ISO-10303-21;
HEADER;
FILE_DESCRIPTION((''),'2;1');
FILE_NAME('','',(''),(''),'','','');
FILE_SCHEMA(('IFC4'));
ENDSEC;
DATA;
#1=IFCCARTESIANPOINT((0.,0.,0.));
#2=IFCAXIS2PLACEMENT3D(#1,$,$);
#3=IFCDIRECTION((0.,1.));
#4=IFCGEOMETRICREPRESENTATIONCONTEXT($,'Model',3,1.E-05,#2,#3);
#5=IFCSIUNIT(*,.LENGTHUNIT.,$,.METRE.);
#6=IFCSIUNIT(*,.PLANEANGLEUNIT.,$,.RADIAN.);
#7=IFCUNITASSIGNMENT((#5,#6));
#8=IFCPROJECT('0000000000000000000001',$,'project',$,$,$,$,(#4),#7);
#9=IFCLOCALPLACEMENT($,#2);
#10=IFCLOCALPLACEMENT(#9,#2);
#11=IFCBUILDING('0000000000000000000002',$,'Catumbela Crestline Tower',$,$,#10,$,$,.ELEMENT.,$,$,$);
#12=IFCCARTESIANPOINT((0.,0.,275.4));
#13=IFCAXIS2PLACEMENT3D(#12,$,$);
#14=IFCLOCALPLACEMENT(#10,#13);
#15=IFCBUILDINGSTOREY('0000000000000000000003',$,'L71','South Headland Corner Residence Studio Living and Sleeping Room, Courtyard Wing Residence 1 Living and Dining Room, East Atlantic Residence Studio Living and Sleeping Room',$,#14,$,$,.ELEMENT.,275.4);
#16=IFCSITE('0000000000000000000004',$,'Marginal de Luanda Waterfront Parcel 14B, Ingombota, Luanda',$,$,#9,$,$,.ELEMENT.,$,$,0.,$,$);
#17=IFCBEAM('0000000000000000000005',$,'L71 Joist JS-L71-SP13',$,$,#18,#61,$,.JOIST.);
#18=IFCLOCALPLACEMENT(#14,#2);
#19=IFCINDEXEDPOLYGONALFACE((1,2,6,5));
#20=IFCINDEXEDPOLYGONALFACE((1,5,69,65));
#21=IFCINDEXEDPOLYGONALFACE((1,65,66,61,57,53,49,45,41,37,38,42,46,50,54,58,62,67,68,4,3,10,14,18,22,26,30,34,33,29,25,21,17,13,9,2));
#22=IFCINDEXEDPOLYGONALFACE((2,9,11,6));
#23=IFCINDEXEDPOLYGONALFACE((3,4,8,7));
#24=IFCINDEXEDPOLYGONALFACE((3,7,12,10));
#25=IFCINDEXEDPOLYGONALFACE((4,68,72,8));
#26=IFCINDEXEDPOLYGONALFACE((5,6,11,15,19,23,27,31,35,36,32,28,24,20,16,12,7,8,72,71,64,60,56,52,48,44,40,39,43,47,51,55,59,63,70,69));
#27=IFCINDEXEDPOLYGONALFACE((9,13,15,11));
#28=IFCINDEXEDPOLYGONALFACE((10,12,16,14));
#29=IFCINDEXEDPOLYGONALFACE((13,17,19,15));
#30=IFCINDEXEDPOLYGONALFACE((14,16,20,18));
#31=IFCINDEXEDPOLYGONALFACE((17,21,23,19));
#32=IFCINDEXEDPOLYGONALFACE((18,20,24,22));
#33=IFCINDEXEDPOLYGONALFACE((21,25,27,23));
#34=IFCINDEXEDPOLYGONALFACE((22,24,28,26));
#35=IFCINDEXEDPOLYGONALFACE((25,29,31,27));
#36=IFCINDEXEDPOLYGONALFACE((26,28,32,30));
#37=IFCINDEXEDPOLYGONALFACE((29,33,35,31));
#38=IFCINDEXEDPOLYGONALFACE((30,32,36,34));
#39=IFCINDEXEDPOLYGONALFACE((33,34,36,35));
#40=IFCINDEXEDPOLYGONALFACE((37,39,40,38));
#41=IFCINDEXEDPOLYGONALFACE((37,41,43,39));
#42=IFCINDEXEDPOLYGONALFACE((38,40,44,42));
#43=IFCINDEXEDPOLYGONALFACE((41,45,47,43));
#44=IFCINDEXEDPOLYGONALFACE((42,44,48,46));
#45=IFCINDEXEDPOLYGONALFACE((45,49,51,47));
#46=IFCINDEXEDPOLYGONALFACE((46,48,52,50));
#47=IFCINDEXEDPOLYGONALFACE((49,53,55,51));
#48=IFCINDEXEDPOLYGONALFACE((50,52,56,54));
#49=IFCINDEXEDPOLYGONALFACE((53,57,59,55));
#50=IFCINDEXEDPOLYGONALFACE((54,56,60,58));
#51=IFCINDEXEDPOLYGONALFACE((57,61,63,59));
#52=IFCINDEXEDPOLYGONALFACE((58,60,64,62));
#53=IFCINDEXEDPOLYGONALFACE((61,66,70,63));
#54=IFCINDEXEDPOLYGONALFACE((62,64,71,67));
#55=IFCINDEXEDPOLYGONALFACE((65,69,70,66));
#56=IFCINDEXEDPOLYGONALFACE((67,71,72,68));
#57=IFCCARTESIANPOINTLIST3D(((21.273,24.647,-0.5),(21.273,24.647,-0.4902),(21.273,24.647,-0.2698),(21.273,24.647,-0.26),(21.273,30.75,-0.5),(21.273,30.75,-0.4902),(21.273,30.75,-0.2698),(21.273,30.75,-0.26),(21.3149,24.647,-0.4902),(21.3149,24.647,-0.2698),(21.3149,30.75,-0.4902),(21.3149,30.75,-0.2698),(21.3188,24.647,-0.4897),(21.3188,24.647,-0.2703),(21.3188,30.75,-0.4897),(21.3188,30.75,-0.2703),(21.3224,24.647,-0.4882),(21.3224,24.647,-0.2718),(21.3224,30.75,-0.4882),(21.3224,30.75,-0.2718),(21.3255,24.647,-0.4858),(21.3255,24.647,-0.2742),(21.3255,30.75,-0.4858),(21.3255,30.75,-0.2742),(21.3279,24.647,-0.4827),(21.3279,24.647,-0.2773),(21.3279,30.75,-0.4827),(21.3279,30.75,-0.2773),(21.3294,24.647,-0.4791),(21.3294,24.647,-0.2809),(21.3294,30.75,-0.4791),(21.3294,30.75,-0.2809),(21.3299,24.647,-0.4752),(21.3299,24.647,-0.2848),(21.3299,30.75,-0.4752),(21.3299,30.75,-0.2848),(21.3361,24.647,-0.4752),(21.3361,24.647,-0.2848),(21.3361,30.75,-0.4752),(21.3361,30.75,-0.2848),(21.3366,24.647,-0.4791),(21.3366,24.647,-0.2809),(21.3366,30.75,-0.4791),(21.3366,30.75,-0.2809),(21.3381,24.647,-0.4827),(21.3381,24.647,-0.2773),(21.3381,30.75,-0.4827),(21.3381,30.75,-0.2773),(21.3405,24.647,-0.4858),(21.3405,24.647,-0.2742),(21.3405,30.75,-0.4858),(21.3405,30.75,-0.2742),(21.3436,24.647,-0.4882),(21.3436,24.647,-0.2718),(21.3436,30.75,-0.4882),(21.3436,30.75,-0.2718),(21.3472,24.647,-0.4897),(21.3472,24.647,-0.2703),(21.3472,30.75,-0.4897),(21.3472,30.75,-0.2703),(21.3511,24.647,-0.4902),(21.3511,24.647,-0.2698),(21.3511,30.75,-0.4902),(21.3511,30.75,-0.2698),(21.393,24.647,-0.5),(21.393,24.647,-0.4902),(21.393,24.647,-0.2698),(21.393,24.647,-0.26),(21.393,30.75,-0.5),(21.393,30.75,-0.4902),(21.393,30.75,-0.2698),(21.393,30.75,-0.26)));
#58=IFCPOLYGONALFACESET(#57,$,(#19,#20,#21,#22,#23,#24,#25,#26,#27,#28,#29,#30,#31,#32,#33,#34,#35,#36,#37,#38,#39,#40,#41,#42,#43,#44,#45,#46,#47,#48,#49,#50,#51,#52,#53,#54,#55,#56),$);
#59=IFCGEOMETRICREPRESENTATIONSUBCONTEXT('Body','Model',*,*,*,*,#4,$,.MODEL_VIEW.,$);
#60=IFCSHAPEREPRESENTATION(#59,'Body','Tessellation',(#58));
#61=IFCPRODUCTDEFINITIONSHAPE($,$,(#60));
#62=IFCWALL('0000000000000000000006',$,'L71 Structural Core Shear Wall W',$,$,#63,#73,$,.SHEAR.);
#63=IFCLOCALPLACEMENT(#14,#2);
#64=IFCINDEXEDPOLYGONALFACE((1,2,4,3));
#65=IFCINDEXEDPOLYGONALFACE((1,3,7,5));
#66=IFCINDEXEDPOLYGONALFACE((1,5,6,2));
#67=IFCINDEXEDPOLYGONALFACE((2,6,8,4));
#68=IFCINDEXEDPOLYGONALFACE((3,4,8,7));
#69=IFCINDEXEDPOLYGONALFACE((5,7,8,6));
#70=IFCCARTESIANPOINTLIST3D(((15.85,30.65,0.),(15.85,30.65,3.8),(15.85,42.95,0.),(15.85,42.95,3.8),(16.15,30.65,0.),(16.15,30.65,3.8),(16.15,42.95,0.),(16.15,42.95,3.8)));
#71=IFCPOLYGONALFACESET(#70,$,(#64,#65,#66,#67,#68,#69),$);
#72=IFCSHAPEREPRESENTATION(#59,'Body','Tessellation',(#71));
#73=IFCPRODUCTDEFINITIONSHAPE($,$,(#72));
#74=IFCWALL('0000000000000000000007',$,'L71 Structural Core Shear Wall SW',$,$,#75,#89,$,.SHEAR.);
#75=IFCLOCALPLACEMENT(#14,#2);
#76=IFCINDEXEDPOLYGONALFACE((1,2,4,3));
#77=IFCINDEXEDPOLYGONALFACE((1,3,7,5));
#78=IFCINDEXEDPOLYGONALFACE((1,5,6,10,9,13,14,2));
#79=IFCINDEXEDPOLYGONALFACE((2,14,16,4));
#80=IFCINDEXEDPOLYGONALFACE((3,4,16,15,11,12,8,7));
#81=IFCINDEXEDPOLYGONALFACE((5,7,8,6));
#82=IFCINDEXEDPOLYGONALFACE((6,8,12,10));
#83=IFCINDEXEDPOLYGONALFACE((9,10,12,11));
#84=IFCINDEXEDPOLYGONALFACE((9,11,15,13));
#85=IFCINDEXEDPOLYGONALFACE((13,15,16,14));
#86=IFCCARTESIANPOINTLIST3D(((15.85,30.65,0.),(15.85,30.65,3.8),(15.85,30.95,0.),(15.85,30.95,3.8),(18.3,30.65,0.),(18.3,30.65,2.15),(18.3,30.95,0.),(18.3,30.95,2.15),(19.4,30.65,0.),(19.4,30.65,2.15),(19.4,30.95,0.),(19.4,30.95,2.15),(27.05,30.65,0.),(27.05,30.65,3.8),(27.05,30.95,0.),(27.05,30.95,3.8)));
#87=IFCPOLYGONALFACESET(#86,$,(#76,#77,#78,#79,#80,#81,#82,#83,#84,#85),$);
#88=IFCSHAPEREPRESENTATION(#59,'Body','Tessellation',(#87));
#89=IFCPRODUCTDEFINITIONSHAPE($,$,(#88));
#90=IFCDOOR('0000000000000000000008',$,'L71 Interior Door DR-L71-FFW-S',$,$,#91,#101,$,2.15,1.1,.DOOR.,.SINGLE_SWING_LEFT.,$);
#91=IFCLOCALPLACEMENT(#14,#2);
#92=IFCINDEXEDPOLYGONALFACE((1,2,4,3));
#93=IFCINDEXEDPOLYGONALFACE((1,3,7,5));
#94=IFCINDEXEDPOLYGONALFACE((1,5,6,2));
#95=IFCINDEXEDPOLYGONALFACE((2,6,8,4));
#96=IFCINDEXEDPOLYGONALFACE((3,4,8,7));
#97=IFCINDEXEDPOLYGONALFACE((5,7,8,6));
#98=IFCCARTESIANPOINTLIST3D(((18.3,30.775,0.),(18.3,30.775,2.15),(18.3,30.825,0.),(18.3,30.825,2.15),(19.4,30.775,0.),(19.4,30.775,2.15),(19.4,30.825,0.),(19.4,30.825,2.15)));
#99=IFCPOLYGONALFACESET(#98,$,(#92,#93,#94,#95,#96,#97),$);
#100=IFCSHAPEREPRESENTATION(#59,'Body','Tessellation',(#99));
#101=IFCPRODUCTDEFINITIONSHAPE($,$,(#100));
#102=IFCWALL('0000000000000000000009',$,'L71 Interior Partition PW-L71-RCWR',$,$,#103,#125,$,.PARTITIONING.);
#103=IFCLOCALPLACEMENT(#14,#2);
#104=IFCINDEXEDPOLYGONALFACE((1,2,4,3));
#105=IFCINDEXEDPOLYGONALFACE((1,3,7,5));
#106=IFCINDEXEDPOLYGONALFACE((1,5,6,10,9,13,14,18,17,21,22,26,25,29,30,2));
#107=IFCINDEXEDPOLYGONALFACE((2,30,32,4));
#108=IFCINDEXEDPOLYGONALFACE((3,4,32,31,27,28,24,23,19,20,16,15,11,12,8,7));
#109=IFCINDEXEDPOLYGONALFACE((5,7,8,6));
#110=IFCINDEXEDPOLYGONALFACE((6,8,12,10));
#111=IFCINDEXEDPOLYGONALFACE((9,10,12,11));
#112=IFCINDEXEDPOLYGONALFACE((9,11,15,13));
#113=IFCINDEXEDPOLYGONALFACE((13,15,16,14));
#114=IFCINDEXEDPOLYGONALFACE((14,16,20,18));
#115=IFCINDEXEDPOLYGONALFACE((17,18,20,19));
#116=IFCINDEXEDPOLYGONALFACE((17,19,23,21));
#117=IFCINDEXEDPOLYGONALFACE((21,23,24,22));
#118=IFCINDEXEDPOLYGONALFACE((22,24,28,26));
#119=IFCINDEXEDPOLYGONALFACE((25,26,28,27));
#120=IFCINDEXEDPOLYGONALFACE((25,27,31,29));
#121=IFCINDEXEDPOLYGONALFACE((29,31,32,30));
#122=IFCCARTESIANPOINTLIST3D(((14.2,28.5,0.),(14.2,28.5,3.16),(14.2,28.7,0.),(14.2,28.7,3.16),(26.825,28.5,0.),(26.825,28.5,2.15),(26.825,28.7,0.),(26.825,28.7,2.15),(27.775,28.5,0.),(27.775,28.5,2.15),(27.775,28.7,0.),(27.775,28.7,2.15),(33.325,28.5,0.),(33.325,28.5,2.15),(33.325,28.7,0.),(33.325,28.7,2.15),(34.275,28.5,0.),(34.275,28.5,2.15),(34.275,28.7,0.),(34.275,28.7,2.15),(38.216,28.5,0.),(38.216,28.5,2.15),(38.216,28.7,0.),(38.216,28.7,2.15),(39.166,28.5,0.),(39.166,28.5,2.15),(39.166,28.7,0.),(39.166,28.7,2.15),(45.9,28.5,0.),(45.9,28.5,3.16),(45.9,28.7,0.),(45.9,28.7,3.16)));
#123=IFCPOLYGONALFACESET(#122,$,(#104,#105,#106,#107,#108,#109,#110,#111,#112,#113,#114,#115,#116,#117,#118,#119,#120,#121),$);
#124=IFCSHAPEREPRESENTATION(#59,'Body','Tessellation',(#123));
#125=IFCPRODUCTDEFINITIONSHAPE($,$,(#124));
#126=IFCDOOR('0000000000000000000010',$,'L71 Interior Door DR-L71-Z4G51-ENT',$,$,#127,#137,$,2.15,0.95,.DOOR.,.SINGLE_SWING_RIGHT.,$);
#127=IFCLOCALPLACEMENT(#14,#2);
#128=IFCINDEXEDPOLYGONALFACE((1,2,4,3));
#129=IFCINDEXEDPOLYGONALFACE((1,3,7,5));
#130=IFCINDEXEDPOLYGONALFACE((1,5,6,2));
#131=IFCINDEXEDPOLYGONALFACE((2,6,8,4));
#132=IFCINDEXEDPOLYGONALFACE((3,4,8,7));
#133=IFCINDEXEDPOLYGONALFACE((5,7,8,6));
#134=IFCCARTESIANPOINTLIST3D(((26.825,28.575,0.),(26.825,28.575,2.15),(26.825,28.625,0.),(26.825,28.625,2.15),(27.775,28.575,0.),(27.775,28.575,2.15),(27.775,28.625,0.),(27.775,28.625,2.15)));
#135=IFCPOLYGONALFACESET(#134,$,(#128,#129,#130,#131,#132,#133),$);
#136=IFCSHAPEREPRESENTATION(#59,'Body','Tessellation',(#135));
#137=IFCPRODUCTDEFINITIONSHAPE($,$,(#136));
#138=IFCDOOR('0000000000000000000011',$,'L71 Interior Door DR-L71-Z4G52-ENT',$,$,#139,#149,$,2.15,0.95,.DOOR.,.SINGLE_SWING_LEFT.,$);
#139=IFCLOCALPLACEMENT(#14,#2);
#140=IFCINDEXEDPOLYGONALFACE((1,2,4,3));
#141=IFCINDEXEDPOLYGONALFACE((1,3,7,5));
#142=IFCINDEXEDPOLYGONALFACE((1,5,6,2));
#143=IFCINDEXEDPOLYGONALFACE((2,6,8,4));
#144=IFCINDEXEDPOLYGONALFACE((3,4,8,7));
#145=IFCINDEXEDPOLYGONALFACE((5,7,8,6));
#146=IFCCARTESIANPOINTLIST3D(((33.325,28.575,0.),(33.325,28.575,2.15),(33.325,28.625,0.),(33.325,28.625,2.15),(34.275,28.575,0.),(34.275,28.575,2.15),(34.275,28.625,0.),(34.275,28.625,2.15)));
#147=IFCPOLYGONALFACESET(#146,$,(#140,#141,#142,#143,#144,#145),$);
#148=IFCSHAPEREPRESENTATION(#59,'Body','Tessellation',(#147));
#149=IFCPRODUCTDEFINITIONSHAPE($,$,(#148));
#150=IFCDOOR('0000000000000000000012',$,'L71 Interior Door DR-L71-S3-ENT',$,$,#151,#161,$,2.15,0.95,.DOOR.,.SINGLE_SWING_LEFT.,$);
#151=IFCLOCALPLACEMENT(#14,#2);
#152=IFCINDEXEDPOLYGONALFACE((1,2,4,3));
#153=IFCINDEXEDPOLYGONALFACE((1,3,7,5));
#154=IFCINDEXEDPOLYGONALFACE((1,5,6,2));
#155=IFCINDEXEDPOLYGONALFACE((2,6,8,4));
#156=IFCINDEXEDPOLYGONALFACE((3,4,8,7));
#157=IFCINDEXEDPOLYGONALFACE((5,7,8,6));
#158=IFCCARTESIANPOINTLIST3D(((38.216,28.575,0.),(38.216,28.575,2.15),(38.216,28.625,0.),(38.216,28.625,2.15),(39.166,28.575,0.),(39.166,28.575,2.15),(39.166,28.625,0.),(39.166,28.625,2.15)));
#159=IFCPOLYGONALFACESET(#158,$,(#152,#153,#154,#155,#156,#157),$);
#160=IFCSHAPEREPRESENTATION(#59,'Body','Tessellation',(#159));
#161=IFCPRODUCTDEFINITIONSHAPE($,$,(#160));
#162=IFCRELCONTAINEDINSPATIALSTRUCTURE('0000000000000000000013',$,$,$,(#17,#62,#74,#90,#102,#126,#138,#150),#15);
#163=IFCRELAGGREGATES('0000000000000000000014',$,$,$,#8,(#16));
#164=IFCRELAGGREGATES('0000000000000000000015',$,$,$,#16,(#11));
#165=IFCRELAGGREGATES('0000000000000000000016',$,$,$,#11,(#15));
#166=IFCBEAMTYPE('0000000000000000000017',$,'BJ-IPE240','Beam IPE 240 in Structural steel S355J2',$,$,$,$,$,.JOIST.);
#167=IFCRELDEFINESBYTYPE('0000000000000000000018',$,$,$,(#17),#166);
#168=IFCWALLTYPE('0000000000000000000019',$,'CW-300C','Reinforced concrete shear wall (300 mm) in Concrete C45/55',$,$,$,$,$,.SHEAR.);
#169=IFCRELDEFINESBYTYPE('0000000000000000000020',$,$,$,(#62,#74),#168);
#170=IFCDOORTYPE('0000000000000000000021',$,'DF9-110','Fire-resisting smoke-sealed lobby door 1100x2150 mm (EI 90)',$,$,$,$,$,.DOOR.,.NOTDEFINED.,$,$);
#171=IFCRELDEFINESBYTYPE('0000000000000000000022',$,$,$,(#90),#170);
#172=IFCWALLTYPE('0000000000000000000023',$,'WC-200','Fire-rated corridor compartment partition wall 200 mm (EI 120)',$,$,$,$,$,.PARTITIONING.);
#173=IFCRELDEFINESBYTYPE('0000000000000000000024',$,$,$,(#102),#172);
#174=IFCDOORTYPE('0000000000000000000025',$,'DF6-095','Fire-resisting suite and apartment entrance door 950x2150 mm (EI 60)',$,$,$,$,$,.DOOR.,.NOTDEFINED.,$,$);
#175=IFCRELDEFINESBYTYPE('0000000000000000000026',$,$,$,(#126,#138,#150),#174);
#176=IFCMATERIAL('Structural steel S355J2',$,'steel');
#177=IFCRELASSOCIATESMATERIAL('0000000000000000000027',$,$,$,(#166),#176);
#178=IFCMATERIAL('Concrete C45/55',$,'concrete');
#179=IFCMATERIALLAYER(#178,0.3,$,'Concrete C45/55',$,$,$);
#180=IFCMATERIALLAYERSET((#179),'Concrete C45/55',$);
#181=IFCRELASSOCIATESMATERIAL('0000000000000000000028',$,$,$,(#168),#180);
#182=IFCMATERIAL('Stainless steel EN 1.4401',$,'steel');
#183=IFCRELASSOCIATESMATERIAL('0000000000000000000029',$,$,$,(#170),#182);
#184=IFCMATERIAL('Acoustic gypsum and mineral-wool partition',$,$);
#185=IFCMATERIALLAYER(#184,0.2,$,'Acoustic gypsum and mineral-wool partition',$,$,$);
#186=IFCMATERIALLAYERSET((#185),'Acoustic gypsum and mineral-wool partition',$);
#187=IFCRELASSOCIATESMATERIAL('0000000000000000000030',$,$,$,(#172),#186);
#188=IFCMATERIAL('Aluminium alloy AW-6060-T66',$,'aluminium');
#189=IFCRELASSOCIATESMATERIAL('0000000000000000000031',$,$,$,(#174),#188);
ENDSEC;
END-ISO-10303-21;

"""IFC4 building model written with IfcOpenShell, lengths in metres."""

from ifc_helpers import new_model, si_unit, direction, frame, frame_2d, origin, origin_2d, place, context, subcontext, project, spatial, rectangle, i_section, extrude, material, layer, layer_set, material_profile, profile_set, type_object, element, fill, save


model = new_model("IFC4")

# Units and contexts
model_context = context("Model", 3, precision=1e-05, world=origin(), true_north=direction((0.0, 1.0)))
body_context = subcontext(model_context, "Body", "Model", "MODEL_VIEW")
ifc_project = project(units=[si_unit("LENGTHUNIT", "METRE"), si_unit("PLANEANGLEUNIT", "RADIAN")], contexts=[model_context])

# Site, building, storey
site_placement = place(None, origin())
site = spatial("IfcSite", under=ifc_project, at=site_placement, Name="Marginal de Luanda Waterfront Parcel 14B, Ingombota, Luanda", CompositionType="ELEMENT", RefElevation=0.0)
building_placement = place(site_placement, origin())
building = spatial("IfcBuilding", under=site, at=building_placement, Name="Catumbela Crestline Tower", CompositionType="ELEMENT")
storey_placement = place(building_placement, frame((0.0, 0.0, 275.4)))
storey = spatial("IfcBuildingStorey", under=building, at=storey_placement, Name="L71", Description="South Headland Corner Residence Studio Living and Sleeping Room, Courtyard Wing Residence 1 Living and Dining Room, East Atlantic Residence Studio Living and Sleeping Room", CompositionType="ELEMENT", Elevation=275.4)

# Shared definitions
ifc_material_1 = material(Name="Concrete C45/55", Category="concrete")

# Beam
ifc_material_2 = material(Name="Structural steel S355J2", Category="steel")
ifc_material_profile_1 = material_profile(ifc_material_2, i_section(OverallWidth=0.12, OverallDepth=0.24, WebThickness=0.0062, FlangeThickness=0.0098, FilletRadius=0.015, at=origin_2d()), Name="IPE 240")
ifc_profile_set_1 = profile_set([ifc_material_profile_1], Name="Structural steel S355J2")
beam_type_1 = type_object("IfcBeamType", Name="BJ-IPE240", Description="Beam IPE 240 in Structural steel S355J2", PredefinedType="JOIST", material=ifc_profile_set_1)
for number, where, z_axis, x_axis, name in (
    (1, (21.333, 24.647, -0.38), (0.0, 1.0, 0.0), (-1.0, 0.0, 0.0), "L71 Joist JS-L71-SP13"),
):
    element("IfcBeam", number, at=place(storey_placement, frame(where, z_axis=z_axis, x_axis=x_axis)), inside=storey, type_object=beam_type_1, Name=name, PredefinedType="JOIST", context=body_context, shape_type="SweptSolid", body=[
        extrude(i_section(OverallWidth=0.12, OverallDepth=0.24, WebThickness=0.0062, FlangeThickness=0.0098, FilletRadius=0.015, at=origin_2d()), origin(), (0.0, 0.0, 1.0), 6.103),
    ])

# Wall
ifc_layer_1 = layer(ifc_material_1, 0.3, Name="Concrete C45/55")
ifc_layer_set_1 = layer_set([ifc_layer_1], Name="Concrete C45/55")
wall_type_1 = type_object("IfcWallType", Name="CW-300C", Description="Reinforced concrete shear wall (300 mm) in Concrete C45/55", PredefinedType="SHEAR", material=ifc_layer_set_1)
wall_1_placement = place(storey_placement, frame((16.0, 30.65, 0.0), z_axis=(0.0, 0.0, 1.0), x_axis=(0.0, 1.0, 0.0)))
element("IfcWall", 2, at=wall_1_placement, inside=storey, type_object=wall_type_1, Name="L71 Structural Core Shear Wall W", PredefinedType="SHEAR", context=body_context, shape_type="SweptSolid", body=[
    extrude(rectangle(XDim=12.3, YDim=0.3, at=frame_2d((6.15, 0.0))), origin(), (0.0, 0.0, 1.0), 3.8),
])

# Wall, opening, door
wall_2_placement = place(storey_placement, frame((15.85, 30.8, 0.0), z_axis=(0.0, 0.0, 1.0), x_axis=(1.0, 0.0, 0.0)))
wall_2 = element("IfcWall", 3, at=wall_2_placement, inside=storey, type_object=wall_type_1, Name="L71 Structural Core Shear Wall SW", PredefinedType="SHEAR", context=body_context, shape_type="SweptSolid", body=[
    extrude(rectangle(XDim=11.2, YDim=0.3, at=frame_2d((5.6, 0.0))), origin(), (0.0, 0.0, 1.0), 3.8),
])
opening_1_placement = place(wall_2_placement, frame((2.45, 0.0, 0.0)))
opening_1 = element("IfcOpeningElement", 4, at=opening_1_placement, cuts=wall_2, PredefinedType="OPENING", context=body_context, shape_type="SweptSolid", body=[
    extrude(rectangle(XDim=1.1, YDim=2.15, at=frame_2d((0.55, 1.075))), frame((0.0, 0.16, 0.0), z_axis=(0.0, -1.0, 0.0), x_axis=(1.0, 0.0, 0.0)), (0.0, 0.0, 1.0), 0.32),
])
ifc_material_3 = material(Name="Stainless steel EN 1.4401", Category="steel")
door_type_1 = type_object("IfcDoorType", Name="DF9-110", Description="Fire-resisting smoke-sealed lobby door 1100x2150 mm (EI 90)", OperationType="NOTDEFINED", PredefinedType="DOOR", material=ifc_material_3)
door_1_placement = place(opening_1_placement, origin())
door_1 = element("IfcDoor", 5, at=door_1_placement, inside=storey, type_object=door_type_1, Name="L71 Interior Door DR-L71-FFW-S", OperationType="SINGLE_SWING_LEFT", OverallHeight=2.15, OverallWidth=1.1, PredefinedType="DOOR", context=body_context, shape_type="SweptSolid", body=[
    extrude(rectangle(XDim=1.1, YDim=2.15, at=frame_2d((0.55, 1.075))), frame((0.0, 0.025, 0.0), z_axis=(0.0, -1.0, 0.0), x_axis=(1.0, 0.0, 0.0)), (0.0, 0.0, 1.0), 0.05),
])
fill(opening_1, door_1)

# Wall, openings, doors
ifc_material_4 = material(Name="Acoustic gypsum and mineral-wool partition")
ifc_layer_2 = layer(ifc_material_4, 0.2, Name="Acoustic gypsum and mineral-wool partition")
ifc_layer_set_2 = layer_set([ifc_layer_2], Name="Acoustic gypsum and mineral-wool partition")
wall_type_2 = type_object("IfcWallType", Name="WC-200", Description="Fire-rated corridor compartment partition wall 200 mm (EI 120)", PredefinedType="PARTITIONING", material=ifc_layer_set_2)
wall_3_placement = place(storey_placement, frame((14.2, 28.6, 0.0), z_axis=(0.0, 0.0, 1.0), x_axis=(1.0, 0.0, 0.0)))
wall_3 = element("IfcWall", 6, at=wall_3_placement, inside=storey, type_object=wall_type_2, Name="L71 Interior Partition PW-L71-RCWR", PredefinedType="PARTITIONING", context=body_context, shape_type="SweptSolid", body=[
    extrude(rectangle(XDim=31.7, YDim=0.2, at=frame_2d((15.85, 0.0))), origin(), (0.0, 0.0, 1.0), 3.16),
])
opening_2_placement = place(wall_3_placement, frame((12.625, 0.0, 0.0)))
opening_2 = element("IfcOpeningElement", 7, at=opening_2_placement, cuts=wall_3, PredefinedType="OPENING", context=body_context, shape_type="SweptSolid", body=[
    extrude(rectangle(XDim=0.95, YDim=2.15, at=frame_2d((0.475, 1.075))), frame((0.0, 0.11, 0.0), z_axis=(0.0, -1.0, 0.0), x_axis=(1.0, 0.0, 0.0)), (0.0, 0.0, 1.0), 0.22),
])
opening_3_placement = place(wall_3_placement, frame((19.125, 0.0, 0.0)))
opening_3 = element("IfcOpeningElement", 8, at=opening_3_placement, cuts=wall_3, PredefinedType="OPENING", context=body_context, shape_type="SweptSolid", body=[
    extrude(rectangle(XDim=0.95, YDim=2.15, at=frame_2d((0.475, 1.075))), frame((0.0, 0.11, 0.0), z_axis=(0.0, -1.0, 0.0), x_axis=(1.0, 0.0, 0.0)), (0.0, 0.0, 1.0), 0.22),
])
opening_4_placement = place(wall_3_placement, frame((24.016, 0.0, 0.0)))
opening_4 = element("IfcOpeningElement", 9, at=opening_4_placement, cuts=wall_3, PredefinedType="OPENING", context=body_context, shape_type="SweptSolid", body=[
    extrude(rectangle(XDim=0.95, YDim=2.15, at=frame_2d((0.475, 1.075))), frame((0.0, 0.11, 0.0), z_axis=(0.0, -1.0, 0.0), x_axis=(1.0, 0.0, 0.0)), (0.0, 0.0, 1.0), 0.22),
])
ifc_material_5 = material(Name="Aluminium alloy AW-6060-T66", Category="aluminium")
door_type_2 = type_object("IfcDoorType", Name="DF6-095", Description="Fire-resisting suite and apartment entrance door 950x2150 mm (EI 60)", OperationType="NOTDEFINED", PredefinedType="DOOR", material=ifc_material_5)
door_2_placement = place(opening_2_placement, origin())
door_2 = element("IfcDoor", 10, at=door_2_placement, inside=storey, type_object=door_type_2, Name="L71 Interior Door DR-L71-Z4G51-ENT", OperationType="SINGLE_SWING_RIGHT", OverallHeight=2.15, OverallWidth=0.95, PredefinedType="DOOR", context=body_context, shape_type="SweptSolid", body=[
    extrude(rectangle(XDim=0.95, YDim=2.15, at=frame_2d((0.475, 1.075))), frame((0.0, 0.025, 0.0), z_axis=(0.0, -1.0, 0.0), x_axis=(1.0, 0.0, 0.0)), (0.0, 0.0, 1.0), 0.05),
])
fill(opening_2, door_2)
door_3_placement = place(opening_3_placement, origin())
door_3 = element("IfcDoor", 11, at=door_3_placement, inside=storey, type_object=door_type_2, Name="L71 Interior Door DR-L71-Z4G52-ENT", OperationType="SINGLE_SWING_LEFT", OverallHeight=2.15, OverallWidth=0.95, PredefinedType="DOOR", context=body_context, shape_type="SweptSolid", body=[
    extrude(rectangle(XDim=0.95, YDim=2.15, at=frame_2d((0.475, 1.075))), frame((0.0, 0.025, 0.0), z_axis=(0.0, -1.0, 0.0), x_axis=(1.0, 0.0, 0.0)), (0.0, 0.0, 1.0), 0.05),
])
fill(opening_3, door_3)
door_4_placement = place(opening_4_placement, origin())
door_4 = element("IfcDoor", 12, at=door_4_placement, inside=storey, type_object=door_type_2, Name="L71 Interior Door DR-L71-S3-ENT", OperationType="SINGLE_SWING_LEFT", OverallHeight=2.15, OverallWidth=0.95, PredefinedType="DOOR", context=body_context, shape_type="SweptSolid", body=[
    extrude(rectangle(XDim=0.95, YDim=2.15, at=frame_2d((0.475, 1.075))), frame((0.0, 0.025, 0.0), z_axis=(0.0, -1.0, 0.0), x_axis=(1.0, 0.0, 0.0)), (0.0, 0.0, 1.0), 0.05),
])
fill(opening_4, door_4)

save(model, "model.ifc")
